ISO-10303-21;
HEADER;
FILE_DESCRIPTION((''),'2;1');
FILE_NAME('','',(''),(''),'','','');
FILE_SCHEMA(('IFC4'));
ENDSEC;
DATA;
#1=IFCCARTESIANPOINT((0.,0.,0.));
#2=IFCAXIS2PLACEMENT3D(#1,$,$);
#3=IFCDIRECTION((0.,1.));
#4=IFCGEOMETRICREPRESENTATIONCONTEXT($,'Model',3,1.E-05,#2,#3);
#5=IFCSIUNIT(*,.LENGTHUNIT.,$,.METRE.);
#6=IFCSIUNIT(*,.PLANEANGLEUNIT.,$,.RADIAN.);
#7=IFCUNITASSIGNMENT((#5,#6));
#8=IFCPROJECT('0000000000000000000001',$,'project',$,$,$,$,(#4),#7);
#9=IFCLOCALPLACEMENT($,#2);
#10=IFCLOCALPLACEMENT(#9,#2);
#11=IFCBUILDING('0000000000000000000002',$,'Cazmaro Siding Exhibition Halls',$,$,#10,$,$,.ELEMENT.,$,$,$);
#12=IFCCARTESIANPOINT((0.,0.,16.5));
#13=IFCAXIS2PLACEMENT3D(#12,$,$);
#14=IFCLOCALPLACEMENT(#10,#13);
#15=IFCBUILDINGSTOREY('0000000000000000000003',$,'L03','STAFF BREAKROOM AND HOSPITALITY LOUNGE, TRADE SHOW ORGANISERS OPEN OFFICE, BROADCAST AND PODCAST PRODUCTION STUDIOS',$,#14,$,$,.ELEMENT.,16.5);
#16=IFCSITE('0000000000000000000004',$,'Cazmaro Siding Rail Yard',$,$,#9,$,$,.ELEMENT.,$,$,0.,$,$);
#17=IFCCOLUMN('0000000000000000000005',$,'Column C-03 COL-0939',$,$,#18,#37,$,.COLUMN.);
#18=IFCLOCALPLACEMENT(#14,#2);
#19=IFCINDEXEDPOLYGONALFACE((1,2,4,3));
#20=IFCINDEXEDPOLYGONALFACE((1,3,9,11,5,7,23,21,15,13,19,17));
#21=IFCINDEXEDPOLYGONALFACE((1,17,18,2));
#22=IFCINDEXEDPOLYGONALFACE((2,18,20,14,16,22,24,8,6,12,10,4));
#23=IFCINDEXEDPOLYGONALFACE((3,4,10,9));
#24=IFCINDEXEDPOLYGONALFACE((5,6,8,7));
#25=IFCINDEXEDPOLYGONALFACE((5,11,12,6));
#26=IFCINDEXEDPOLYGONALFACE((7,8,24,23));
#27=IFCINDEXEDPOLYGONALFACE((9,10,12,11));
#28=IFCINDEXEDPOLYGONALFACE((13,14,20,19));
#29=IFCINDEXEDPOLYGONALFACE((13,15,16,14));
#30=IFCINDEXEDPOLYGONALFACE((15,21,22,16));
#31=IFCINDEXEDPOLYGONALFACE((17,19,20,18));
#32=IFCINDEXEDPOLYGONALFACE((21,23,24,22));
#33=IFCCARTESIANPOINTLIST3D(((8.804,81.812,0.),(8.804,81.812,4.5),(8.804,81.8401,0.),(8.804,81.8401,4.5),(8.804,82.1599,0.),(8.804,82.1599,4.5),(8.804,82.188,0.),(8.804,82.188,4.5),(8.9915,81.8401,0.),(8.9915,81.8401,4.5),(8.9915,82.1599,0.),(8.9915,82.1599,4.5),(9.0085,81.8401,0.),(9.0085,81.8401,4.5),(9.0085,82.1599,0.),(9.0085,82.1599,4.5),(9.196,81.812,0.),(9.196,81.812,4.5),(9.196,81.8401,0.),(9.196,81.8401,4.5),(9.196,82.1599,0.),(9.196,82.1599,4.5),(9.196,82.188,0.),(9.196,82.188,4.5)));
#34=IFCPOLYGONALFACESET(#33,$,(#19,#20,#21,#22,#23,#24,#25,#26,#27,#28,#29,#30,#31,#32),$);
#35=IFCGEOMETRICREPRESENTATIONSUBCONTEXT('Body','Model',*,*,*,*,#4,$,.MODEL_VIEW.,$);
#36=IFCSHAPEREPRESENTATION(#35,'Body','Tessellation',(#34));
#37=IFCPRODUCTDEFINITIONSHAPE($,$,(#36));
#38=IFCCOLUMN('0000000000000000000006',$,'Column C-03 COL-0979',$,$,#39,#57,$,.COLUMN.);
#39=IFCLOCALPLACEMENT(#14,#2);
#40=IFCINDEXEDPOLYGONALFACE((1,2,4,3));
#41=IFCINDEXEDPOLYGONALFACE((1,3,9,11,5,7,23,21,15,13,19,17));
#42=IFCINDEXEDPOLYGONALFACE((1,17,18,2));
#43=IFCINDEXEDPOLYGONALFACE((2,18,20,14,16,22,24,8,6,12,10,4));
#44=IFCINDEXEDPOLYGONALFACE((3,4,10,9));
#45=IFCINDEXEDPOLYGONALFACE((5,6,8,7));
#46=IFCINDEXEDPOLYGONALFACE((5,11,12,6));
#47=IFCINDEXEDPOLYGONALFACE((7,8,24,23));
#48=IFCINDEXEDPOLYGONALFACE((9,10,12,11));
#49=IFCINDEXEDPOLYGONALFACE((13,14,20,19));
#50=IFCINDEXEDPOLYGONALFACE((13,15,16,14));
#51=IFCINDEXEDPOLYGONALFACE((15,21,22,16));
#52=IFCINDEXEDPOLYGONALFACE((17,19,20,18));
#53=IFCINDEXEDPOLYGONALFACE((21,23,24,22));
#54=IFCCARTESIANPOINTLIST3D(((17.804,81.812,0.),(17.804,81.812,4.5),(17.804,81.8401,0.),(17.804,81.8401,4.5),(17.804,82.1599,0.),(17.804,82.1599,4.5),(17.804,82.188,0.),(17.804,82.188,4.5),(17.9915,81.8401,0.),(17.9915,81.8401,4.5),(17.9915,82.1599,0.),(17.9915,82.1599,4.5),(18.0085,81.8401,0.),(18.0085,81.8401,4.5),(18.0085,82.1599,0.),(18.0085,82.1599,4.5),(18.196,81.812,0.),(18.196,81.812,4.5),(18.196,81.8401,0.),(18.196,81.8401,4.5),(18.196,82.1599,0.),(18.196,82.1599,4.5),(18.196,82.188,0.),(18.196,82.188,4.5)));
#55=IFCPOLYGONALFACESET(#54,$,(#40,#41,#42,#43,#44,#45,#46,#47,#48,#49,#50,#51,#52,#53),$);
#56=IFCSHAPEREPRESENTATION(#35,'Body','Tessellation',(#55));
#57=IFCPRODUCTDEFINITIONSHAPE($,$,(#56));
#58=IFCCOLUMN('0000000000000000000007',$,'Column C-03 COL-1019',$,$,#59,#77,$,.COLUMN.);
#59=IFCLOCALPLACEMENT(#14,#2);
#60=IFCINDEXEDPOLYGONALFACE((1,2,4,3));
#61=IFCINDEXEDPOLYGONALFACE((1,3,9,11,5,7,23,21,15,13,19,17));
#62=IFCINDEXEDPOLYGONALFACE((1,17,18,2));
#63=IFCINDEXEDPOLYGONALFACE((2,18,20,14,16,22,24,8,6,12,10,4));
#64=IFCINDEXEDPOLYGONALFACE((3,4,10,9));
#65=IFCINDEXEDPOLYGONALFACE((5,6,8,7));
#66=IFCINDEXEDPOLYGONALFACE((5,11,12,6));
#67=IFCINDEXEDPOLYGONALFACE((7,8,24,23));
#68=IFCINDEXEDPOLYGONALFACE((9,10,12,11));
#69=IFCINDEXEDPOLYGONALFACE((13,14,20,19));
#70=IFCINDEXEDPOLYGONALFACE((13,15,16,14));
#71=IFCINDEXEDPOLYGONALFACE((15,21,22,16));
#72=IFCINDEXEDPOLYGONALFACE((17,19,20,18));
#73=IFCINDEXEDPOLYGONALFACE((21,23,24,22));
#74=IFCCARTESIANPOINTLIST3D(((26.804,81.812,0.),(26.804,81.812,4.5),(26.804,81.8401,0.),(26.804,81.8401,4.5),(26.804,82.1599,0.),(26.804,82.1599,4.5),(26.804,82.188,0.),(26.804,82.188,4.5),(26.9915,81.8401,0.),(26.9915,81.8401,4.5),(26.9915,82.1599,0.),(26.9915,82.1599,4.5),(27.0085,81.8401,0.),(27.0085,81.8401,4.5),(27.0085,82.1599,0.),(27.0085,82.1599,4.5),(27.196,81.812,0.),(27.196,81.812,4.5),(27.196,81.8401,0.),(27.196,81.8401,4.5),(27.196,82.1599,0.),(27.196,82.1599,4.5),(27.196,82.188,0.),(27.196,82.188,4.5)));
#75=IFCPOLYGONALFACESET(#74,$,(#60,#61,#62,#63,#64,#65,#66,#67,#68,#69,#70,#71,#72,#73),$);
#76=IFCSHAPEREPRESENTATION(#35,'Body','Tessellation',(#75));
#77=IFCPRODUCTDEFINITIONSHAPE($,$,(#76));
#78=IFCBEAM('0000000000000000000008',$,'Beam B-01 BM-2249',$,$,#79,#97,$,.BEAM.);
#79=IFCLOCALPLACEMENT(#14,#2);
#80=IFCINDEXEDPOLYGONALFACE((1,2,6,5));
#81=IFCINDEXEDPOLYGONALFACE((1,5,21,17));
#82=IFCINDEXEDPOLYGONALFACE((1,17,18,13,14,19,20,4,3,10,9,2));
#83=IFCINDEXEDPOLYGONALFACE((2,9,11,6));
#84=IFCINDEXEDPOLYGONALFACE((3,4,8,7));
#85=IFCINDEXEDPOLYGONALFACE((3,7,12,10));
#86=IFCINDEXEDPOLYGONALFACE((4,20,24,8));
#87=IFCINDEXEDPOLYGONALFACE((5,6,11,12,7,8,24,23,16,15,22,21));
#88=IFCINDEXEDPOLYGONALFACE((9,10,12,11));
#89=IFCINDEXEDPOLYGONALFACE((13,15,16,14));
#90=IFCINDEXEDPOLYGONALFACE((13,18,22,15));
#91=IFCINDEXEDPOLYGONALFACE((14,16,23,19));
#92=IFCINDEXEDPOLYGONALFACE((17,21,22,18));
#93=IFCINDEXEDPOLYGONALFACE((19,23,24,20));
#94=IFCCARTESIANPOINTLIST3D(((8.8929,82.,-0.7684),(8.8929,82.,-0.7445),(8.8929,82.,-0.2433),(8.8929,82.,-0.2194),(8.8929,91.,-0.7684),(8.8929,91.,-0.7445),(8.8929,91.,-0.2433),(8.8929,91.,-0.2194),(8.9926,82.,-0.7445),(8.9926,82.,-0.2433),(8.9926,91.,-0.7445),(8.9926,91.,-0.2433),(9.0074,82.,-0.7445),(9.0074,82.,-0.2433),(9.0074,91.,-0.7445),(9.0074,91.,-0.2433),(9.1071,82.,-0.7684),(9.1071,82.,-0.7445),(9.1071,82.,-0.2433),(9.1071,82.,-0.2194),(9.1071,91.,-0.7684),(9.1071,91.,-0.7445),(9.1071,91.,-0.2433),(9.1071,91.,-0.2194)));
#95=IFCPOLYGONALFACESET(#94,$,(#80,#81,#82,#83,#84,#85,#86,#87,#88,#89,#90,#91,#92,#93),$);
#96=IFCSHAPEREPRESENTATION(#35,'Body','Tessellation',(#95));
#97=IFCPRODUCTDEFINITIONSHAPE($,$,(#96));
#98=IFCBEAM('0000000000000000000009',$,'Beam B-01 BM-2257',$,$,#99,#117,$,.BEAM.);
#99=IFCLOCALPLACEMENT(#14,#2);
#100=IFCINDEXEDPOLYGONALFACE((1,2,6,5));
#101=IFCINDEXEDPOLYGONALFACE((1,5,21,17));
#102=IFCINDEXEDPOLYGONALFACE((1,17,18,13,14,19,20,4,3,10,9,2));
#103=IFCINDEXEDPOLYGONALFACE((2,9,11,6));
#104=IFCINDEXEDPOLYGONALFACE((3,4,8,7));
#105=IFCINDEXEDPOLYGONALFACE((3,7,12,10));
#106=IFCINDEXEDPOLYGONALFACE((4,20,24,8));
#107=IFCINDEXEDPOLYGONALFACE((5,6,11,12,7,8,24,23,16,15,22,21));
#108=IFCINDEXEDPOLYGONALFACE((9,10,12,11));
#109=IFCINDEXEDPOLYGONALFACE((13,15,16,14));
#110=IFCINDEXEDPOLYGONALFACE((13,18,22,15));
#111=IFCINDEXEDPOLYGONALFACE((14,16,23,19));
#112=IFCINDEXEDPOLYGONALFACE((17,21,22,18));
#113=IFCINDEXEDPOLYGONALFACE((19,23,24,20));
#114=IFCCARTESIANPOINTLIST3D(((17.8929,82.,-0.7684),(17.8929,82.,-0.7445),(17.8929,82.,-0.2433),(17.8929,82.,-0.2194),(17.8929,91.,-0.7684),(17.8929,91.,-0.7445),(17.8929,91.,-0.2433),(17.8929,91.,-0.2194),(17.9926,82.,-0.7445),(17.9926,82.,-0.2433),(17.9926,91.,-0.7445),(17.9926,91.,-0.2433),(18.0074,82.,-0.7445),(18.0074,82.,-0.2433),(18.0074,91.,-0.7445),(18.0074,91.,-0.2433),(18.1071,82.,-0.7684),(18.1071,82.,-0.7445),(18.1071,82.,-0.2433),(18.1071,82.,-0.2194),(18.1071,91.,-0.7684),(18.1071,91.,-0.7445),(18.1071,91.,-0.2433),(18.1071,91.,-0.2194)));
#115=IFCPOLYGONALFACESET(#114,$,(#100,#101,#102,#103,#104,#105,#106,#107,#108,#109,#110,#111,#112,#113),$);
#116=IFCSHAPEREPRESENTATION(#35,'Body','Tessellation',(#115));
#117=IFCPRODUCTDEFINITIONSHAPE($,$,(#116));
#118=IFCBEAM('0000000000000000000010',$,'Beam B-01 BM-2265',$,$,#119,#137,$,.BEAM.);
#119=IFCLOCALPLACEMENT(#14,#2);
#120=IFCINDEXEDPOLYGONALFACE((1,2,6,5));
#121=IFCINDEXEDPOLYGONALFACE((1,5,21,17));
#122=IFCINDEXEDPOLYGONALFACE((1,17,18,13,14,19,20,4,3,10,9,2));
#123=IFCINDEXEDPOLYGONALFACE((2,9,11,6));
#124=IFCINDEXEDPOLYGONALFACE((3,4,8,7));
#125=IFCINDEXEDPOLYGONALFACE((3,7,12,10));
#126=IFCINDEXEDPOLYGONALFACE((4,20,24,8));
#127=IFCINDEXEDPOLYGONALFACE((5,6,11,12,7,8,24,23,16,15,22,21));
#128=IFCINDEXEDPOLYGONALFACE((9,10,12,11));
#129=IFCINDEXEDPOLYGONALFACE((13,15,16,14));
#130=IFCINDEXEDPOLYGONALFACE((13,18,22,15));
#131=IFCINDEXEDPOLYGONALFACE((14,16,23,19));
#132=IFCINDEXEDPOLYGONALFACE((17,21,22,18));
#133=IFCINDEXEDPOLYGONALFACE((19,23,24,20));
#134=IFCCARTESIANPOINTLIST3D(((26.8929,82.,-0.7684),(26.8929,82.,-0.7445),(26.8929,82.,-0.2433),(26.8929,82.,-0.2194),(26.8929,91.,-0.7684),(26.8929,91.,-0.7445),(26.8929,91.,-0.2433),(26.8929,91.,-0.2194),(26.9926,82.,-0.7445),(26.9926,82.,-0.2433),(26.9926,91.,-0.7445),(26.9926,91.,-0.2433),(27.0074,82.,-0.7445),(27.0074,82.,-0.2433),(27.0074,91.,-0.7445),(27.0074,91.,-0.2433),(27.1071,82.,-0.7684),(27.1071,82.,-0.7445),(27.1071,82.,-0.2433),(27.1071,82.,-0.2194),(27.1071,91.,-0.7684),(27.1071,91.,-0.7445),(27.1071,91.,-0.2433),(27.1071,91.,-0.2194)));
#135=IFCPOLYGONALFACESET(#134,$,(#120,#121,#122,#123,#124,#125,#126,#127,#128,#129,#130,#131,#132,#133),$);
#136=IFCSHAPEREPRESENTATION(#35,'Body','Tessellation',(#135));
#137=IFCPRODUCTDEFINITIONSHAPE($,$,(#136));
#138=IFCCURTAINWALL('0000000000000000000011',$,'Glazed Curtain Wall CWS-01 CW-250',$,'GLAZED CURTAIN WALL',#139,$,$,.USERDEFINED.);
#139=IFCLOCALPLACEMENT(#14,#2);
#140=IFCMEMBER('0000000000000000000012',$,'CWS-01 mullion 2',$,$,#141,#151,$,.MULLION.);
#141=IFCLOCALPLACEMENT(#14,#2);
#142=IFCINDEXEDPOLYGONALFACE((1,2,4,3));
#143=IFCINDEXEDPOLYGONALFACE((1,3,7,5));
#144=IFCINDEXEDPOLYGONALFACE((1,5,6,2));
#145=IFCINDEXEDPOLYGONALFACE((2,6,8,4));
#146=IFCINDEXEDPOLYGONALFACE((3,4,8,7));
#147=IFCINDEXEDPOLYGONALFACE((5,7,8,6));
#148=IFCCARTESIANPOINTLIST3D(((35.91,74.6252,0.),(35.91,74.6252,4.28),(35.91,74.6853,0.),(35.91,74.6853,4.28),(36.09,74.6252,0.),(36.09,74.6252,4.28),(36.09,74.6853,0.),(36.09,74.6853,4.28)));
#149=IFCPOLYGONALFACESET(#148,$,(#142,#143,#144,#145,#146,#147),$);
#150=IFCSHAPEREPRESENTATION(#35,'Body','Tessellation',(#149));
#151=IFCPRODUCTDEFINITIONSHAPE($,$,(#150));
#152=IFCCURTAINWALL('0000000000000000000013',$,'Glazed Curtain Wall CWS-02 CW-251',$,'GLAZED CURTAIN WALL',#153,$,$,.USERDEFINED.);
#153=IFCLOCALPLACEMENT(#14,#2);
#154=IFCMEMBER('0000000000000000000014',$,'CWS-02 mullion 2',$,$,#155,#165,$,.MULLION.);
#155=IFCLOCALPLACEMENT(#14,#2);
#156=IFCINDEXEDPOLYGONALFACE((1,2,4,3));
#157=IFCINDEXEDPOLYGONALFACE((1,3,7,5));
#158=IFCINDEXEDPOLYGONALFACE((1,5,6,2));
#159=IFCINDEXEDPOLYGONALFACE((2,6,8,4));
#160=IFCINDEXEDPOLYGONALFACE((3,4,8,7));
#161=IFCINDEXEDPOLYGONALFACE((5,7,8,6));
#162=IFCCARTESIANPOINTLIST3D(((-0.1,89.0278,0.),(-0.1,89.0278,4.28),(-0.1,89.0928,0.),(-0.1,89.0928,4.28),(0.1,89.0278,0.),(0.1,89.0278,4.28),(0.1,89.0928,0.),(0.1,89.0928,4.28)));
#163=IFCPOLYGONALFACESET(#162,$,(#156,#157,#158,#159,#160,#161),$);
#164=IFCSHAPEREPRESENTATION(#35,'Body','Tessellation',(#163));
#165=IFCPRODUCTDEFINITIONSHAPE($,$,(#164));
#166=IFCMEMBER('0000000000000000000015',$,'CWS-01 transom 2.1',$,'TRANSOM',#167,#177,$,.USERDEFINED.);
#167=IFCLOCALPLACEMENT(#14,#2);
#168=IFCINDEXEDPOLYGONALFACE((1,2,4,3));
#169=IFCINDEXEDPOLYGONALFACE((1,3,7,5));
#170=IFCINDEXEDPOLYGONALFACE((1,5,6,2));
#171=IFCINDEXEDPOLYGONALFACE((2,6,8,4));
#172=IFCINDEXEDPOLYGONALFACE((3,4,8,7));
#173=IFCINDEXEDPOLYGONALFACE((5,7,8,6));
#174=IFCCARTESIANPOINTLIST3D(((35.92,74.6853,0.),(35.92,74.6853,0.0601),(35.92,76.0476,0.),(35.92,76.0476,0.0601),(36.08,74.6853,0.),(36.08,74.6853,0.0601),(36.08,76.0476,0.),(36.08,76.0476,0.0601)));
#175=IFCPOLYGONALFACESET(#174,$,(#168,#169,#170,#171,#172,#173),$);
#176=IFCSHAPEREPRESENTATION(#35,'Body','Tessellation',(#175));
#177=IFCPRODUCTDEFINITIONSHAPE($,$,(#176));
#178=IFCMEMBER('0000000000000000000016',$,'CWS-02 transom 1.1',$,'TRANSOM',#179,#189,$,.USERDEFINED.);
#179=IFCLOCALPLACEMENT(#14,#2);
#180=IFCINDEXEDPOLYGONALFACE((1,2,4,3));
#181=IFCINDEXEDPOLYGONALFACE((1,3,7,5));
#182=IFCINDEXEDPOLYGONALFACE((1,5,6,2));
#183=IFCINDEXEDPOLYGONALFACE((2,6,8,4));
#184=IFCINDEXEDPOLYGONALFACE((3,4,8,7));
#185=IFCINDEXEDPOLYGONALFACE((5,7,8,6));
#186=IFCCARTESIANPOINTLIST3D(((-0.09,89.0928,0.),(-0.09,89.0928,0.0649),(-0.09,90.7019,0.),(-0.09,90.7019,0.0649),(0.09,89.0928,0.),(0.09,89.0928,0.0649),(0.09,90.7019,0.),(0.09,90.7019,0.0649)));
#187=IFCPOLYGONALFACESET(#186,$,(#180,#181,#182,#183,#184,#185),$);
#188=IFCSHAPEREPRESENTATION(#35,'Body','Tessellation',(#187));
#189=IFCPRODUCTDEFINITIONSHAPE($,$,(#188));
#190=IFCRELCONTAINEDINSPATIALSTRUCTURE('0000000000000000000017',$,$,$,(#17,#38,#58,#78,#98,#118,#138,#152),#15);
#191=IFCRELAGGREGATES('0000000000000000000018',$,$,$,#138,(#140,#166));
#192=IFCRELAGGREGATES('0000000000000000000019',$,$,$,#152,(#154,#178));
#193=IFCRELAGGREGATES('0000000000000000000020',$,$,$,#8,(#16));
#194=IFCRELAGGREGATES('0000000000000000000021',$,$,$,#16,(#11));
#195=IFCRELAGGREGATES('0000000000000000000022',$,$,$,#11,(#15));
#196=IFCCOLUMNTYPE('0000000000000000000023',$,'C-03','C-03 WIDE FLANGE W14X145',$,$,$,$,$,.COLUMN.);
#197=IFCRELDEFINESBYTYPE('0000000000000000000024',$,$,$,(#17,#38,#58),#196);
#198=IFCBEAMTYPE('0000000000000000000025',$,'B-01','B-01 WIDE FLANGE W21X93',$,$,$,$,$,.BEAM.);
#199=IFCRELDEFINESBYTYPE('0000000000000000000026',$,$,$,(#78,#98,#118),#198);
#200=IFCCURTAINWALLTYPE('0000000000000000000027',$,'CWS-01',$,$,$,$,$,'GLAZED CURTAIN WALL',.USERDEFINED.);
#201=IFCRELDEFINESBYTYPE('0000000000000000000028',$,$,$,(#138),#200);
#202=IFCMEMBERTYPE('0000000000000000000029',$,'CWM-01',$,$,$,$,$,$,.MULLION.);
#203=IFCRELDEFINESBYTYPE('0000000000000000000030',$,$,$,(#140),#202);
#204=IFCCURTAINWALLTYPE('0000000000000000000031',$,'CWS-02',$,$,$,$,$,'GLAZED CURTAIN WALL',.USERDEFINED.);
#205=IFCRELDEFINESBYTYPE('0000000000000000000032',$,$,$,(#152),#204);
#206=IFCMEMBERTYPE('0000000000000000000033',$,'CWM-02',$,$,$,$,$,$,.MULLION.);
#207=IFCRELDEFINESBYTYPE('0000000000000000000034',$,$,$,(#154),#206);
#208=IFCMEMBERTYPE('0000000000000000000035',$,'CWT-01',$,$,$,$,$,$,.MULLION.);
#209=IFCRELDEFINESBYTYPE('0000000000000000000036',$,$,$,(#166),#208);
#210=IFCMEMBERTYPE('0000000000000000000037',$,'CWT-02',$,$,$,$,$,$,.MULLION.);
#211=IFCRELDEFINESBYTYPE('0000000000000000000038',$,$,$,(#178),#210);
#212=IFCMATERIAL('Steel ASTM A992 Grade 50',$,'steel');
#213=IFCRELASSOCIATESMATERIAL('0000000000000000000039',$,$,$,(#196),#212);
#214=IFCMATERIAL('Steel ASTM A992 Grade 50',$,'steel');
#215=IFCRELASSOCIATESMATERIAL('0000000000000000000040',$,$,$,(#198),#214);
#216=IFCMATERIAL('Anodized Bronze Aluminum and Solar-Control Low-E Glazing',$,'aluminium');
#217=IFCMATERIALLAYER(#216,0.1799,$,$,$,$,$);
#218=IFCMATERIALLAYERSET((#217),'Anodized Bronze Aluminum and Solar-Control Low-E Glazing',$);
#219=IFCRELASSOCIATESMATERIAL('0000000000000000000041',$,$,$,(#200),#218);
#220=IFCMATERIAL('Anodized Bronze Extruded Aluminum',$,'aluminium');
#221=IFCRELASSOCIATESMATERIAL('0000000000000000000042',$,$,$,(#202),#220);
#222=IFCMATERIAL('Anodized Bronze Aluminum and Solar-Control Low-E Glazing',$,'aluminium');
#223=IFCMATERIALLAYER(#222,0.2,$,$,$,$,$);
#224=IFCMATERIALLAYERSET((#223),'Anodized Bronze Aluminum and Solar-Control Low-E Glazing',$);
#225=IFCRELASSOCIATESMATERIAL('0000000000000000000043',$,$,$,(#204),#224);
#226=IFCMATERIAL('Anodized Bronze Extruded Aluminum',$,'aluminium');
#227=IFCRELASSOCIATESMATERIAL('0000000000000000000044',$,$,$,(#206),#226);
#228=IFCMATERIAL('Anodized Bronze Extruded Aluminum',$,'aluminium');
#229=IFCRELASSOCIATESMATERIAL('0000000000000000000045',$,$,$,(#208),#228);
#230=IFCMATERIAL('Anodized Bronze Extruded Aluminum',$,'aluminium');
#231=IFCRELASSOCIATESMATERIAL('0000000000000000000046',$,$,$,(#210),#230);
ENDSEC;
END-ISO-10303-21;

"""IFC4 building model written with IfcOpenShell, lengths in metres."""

from ifc_helpers import new_model, si_unit, direction, frame, origin, origin_2d, place, context, subcontext, project, spatial, rectangle, i_section, extrude, material, layer, layer_set, material_profile, profile_set, type_object, element, aggregate, save


model = new_model("IFC4")

# Units and contexts
model_context = context("Model", 3, precision=1e-05, world=origin(), true_north=direction((0.0, 1.0)))
body_context = subcontext(model_context, "Body", "Model", "MODEL_VIEW")
ifc_project = project(units=[si_unit("LENGTHUNIT", "METRE"), si_unit("PLANEANGLEUNIT", "RADIAN")], contexts=[model_context])

# Site, building, storey
site_placement = place(None, origin())
site = spatial("IfcSite", under=ifc_project, at=site_placement, Name="Cazmaro Siding Rail Yard", CompositionType="ELEMENT", RefElevation=0.0)
building_placement = place(site_placement, origin())
building = spatial("IfcBuilding", under=site, at=building_placement, Name="Cazmaro Siding Exhibition Halls", CompositionType="ELEMENT")
storey_placement = place(building_placement, frame((0.0, 0.0, 16.5)))
storey = spatial("IfcBuildingStorey", under=building, at=storey_placement, Name="L03", Description="STAFF BREAKROOM AND HOSPITALITY LOUNGE, TRADE SHOW ORGANISERS OPEN OFFICE, BROADCAST AND PODCAST PRODUCTION STUDIOS", CompositionType="ELEMENT", Elevation=16.5)

# Columns
ifc_material_1 = material(Name="Steel ASTM A992 Grade 50", Category="steel")
ifc_material_profile_1 = material_profile(ifc_material_1, i_section(OverallWidth=0.3921, OverallDepth=0.376, WebThickness=0.0171, FlangeThickness=0.0281, at=origin_2d()), Name="W14X145")
ifc_profile_set_1 = profile_set([ifc_material_profile_1], Name="Steel ASTM A992 Grade 50")
column_type = type_object("IfcColumnType", Name="C-03", Description="C-03 WIDE FLANGE W14X145", PredefinedType="COLUMN", material=ifc_profile_set_1)
for number, where, z_axis, x_axis, name in (
    (1, (9.0, 82.0, 0.0), (0.0, 0.0, 1.0), (1.0, 0.0, 0.0), "Column C-03 COL-0939"),
    (2, (18.0, 82.0, 0.0), (0.0, 0.0, 1.0), (1.0, 0.0, 0.0), "Column C-03 COL-0979"),
    (3, (27.0, 82.0, 0.0), (0.0, 0.0, 1.0), (1.0, 0.0, 0.0), "Column C-03 COL-1019"),
):
    element("IfcColumn", number, at=place(storey_placement, frame(where, z_axis=z_axis, x_axis=x_axis)), inside=storey, type_object=column_type, Name=name, PredefinedType="COLUMN", context=body_context, shape_type="SweptSolid", body=[
        extrude(i_section(OverallWidth=0.3921, OverallDepth=0.376, WebThickness=0.0171, FlangeThickness=0.0281, at=origin_2d()), origin(), (0.0, 0.0, 1.0), 4.5),
    ])

# Beams
ifc_material_2 = material(Name="Steel ASTM A992 Grade 50", Category="steel")
ifc_material_profile_2 = material_profile(ifc_material_2, i_section(OverallWidth=0.2141, OverallDepth=0.5491, WebThickness=0.0149, FlangeThickness=0.0239, at=origin_2d()), Name="W21X93")
ifc_profile_set_2 = profile_set([ifc_material_profile_2], Name="Steel ASTM A992 Grade 50")
beam_type_1 = type_object("IfcBeamType", Name="B-01", Description="B-01 WIDE FLANGE W21X93", PredefinedType="BEAM", material=ifc_profile_set_2)
for number, where, z_axis, x_axis, name in (
    (4, (9.0, 82.0, -0.4939), (0.0, 1.0, 0.0), (-1.0, 0.0, 0.0), "Beam B-01 BM-2249"),
    (5, (18.0, 82.0, -0.4939), (0.0, 1.0, 0.0), (-1.0, 0.0, 0.0), "Beam B-01 BM-2257"),
    (6, (27.0, 82.0, -0.4939), (0.0, 1.0, 0.0), (-1.0, 0.0, 0.0), "Beam B-01 BM-2265"),
):
    element("IfcBeam", number, at=place(storey_placement, frame(where, z_axis=z_axis, x_axis=x_axis)), inside=storey, type_object=beam_type_1, Name=name, PredefinedType="BEAM", context=body_context, shape_type="SweptSolid", body=[
        extrude(i_section(OverallWidth=0.2141, OverallDepth=0.5491, WebThickness=0.0149, FlangeThickness=0.0239, at=origin_2d()), origin(), (0.0, 0.0, 1.0), 9.0),
    ])

# Curtain walls, members
ifc_material_3 = material(Name="Anodized Bronze Aluminum and Solar-Control Low-E Glazing", Category="aluminium")
ifc_layer_1 = layer(ifc_material_3, 0.1799)
ifc_layer_set_1 = layer_set([ifc_layer_1], Name="Anodized Bronze Aluminum and Solar-Control Low-E Glazing")
curtain_wall_type_1 = type_object("IfcCurtainWallType", Name="CWS-01", ElementType="GLAZED CURTAIN WALL", PredefinedType="USERDEFINED", material=ifc_layer_set_1)
curtain_wall_1_placement = place(storey_placement, origin())
curtain_wall_1 = element("IfcCurtainWall", 7, at=curtain_wall_1_placement, inside=storey, type_object=curtain_wall_type_1, Name="Glazed Curtain Wall CWS-01 CW-250", ObjectType="GLAZED CURTAIN WALL", PredefinedType="USERDEFINED")
ifc_material_4 = material(Name="Anodized Bronze Extruded Aluminum", Category="aluminium")
ifc_material_profile_3 = material_profile(ifc_material_4, rectangle(XDim=0.1799, YDim=0.0601, at=origin_2d()), Name="CWM-01")
ifc_profile_set_3 = profile_set([ifc_material_profile_3], Name="Anodized Bronze Extruded Aluminum")
member_type_1 = type_object("IfcMemberType", Name="CWM-01", PredefinedType="MULLION", material=ifc_profile_set_3)
member_1_placement = place(storey_placement, frame((36.0, 74.6553, 0.0), z_axis=(0.0, 0.0, 1.0), x_axis=(-1.0, 0.0, 0.0)))
member_1 = element("IfcMember", 8, at=member_1_placement, type_object=member_type_1, Name="CWS-01 mullion 2", PredefinedType="MULLION", context=body_context, shape_type="SweptSolid", body=[
    extrude(rectangle(XDim=0.1799, YDim=0.0601, at=origin_2d()), origin(), (0.0, 0.0, 1.0), 4.28),
])
ifc_material_5 = material(Name="Anodized Bronze Aluminum and Solar-Control Low-E Glazing", Category="aluminium")
ifc_layer_2 = layer(ifc_material_5, 0.2)
ifc_layer_set_2 = layer_set([ifc_layer_2], Name="Anodized Bronze Aluminum and Solar-Control Low-E Glazing")
curtain_wall_type_2 = type_object("IfcCurtainWallType", Name="CWS-02", ElementType="GLAZED CURTAIN WALL", PredefinedType="USERDEFINED", material=ifc_layer_set_2)
curtain_wall_2_placement = place(storey_placement, origin())
curtain_wall_2 = element("IfcCurtainWall", 9, at=curtain_wall_2_placement, inside=storey, type_object=curtain_wall_type_2, Name="Glazed Curtain Wall CWS-02 CW-251", ObjectType="GLAZED CURTAIN WALL", PredefinedType="USERDEFINED")
ifc_material_6 = material(Name="Anodized Bronze Extruded Aluminum", Category="aluminium")
ifc_material_profile_4 = material_profile(ifc_material_6, rectangle(XDim=0.2, YDim=0.0649, at=origin_2d()), Name="CWM-02")
ifc_profile_set_4 = profile_set([ifc_material_profile_4], Name="Anodized Bronze Extruded Aluminum")
member_type_2 = type_object("IfcMemberType", Name="CWM-02", PredefinedType="MULLION", material=ifc_profile_set_4)
member_2_placement = place(storey_placement, frame((0.0, 89.0603, 0.0), z_axis=(0.0, 0.0, 1.0), x_axis=(1.0, 0.0, 0.0)))
member_2 = element("IfcMember", 10, at=member_2_placement, type_object=member_type_2, Name="CWS-02 mullion 2", PredefinedType="MULLION", context=body_context, shape_type="SweptSolid", body=[
    extrude(rectangle(XDim=0.2, YDim=0.0649, at=origin_2d()), origin(), (0.0, 0.0, 1.0), 4.28),
])

# Members
ifc_material_7 = material(Name="Anodized Bronze Extruded Aluminum", Category="aluminium")
ifc_material_profile_5 = material_profile(ifc_material_7, rectangle(XDim=0.1599, YDim=0.0601, at=origin_2d()), Name="CWT-01")
ifc_profile_set_5 = profile_set([ifc_material_profile_5], Name="Anodized Bronze Extruded Aluminum")
member_type_3 = type_object("IfcMemberType", Name="CWT-01", PredefinedType="MULLION", material=ifc_profile_set_5)
member_3_placement = place(storey_placement, frame((36.0, 74.6853, 0.03), z_axis=(0.0, 1.0, 0.0), x_axis=(-1.0, 0.0, 0.0)))
member_3 = element("IfcMember", 11, at=member_3_placement, type_object=member_type_3, Name="CWS-01 transom 2.1", ObjectType="TRANSOM", PredefinedType="USERDEFINED", context=body_context, shape_type="SweptSolid", body=[
    extrude(rectangle(XDim=0.1599, YDim=0.0601, at=origin_2d()), origin(), (0.0, 0.0, 1.0), 1.3623),
])
aggregate(curtain_wall_1, [member_1, member_3])
ifc_material_8 = material(Name="Anodized Bronze Extruded Aluminum", Category="aluminium")
ifc_material_profile_6 = material_profile(ifc_material_8, rectangle(XDim=0.1799, YDim=0.0649, at=origin_2d()), Name="CWT-02")
ifc_profile_set_6 = profile_set([ifc_material_profile_6], Name="Anodized Bronze Extruded Aluminum")
member_type_4 = type_object("IfcMemberType", Name="CWT-02", PredefinedType="MULLION", material=ifc_profile_set_6)
member_4_placement = place(storey_placement, frame((0.0, 90.7019, 0.0325), z_axis=(0.0, -1.0, 0.0), x_axis=(1.0, 0.0, 0.0)))
member_4 = element("IfcMember", 12, at=member_4_placement, type_object=member_type_4, Name="CWS-02 transom 1.1", ObjectType="TRANSOM", PredefinedType="USERDEFINED", context=body_context, shape_type="SweptSolid", body=[
    extrude(rectangle(XDim=0.1799, YDim=0.0649, at=origin_2d()), origin(), (0.0, 0.0, 1.0), 1.6091),
])

aggregate(curtain_wall_2, [member_2, member_4])

save(model, "model.ifc")
